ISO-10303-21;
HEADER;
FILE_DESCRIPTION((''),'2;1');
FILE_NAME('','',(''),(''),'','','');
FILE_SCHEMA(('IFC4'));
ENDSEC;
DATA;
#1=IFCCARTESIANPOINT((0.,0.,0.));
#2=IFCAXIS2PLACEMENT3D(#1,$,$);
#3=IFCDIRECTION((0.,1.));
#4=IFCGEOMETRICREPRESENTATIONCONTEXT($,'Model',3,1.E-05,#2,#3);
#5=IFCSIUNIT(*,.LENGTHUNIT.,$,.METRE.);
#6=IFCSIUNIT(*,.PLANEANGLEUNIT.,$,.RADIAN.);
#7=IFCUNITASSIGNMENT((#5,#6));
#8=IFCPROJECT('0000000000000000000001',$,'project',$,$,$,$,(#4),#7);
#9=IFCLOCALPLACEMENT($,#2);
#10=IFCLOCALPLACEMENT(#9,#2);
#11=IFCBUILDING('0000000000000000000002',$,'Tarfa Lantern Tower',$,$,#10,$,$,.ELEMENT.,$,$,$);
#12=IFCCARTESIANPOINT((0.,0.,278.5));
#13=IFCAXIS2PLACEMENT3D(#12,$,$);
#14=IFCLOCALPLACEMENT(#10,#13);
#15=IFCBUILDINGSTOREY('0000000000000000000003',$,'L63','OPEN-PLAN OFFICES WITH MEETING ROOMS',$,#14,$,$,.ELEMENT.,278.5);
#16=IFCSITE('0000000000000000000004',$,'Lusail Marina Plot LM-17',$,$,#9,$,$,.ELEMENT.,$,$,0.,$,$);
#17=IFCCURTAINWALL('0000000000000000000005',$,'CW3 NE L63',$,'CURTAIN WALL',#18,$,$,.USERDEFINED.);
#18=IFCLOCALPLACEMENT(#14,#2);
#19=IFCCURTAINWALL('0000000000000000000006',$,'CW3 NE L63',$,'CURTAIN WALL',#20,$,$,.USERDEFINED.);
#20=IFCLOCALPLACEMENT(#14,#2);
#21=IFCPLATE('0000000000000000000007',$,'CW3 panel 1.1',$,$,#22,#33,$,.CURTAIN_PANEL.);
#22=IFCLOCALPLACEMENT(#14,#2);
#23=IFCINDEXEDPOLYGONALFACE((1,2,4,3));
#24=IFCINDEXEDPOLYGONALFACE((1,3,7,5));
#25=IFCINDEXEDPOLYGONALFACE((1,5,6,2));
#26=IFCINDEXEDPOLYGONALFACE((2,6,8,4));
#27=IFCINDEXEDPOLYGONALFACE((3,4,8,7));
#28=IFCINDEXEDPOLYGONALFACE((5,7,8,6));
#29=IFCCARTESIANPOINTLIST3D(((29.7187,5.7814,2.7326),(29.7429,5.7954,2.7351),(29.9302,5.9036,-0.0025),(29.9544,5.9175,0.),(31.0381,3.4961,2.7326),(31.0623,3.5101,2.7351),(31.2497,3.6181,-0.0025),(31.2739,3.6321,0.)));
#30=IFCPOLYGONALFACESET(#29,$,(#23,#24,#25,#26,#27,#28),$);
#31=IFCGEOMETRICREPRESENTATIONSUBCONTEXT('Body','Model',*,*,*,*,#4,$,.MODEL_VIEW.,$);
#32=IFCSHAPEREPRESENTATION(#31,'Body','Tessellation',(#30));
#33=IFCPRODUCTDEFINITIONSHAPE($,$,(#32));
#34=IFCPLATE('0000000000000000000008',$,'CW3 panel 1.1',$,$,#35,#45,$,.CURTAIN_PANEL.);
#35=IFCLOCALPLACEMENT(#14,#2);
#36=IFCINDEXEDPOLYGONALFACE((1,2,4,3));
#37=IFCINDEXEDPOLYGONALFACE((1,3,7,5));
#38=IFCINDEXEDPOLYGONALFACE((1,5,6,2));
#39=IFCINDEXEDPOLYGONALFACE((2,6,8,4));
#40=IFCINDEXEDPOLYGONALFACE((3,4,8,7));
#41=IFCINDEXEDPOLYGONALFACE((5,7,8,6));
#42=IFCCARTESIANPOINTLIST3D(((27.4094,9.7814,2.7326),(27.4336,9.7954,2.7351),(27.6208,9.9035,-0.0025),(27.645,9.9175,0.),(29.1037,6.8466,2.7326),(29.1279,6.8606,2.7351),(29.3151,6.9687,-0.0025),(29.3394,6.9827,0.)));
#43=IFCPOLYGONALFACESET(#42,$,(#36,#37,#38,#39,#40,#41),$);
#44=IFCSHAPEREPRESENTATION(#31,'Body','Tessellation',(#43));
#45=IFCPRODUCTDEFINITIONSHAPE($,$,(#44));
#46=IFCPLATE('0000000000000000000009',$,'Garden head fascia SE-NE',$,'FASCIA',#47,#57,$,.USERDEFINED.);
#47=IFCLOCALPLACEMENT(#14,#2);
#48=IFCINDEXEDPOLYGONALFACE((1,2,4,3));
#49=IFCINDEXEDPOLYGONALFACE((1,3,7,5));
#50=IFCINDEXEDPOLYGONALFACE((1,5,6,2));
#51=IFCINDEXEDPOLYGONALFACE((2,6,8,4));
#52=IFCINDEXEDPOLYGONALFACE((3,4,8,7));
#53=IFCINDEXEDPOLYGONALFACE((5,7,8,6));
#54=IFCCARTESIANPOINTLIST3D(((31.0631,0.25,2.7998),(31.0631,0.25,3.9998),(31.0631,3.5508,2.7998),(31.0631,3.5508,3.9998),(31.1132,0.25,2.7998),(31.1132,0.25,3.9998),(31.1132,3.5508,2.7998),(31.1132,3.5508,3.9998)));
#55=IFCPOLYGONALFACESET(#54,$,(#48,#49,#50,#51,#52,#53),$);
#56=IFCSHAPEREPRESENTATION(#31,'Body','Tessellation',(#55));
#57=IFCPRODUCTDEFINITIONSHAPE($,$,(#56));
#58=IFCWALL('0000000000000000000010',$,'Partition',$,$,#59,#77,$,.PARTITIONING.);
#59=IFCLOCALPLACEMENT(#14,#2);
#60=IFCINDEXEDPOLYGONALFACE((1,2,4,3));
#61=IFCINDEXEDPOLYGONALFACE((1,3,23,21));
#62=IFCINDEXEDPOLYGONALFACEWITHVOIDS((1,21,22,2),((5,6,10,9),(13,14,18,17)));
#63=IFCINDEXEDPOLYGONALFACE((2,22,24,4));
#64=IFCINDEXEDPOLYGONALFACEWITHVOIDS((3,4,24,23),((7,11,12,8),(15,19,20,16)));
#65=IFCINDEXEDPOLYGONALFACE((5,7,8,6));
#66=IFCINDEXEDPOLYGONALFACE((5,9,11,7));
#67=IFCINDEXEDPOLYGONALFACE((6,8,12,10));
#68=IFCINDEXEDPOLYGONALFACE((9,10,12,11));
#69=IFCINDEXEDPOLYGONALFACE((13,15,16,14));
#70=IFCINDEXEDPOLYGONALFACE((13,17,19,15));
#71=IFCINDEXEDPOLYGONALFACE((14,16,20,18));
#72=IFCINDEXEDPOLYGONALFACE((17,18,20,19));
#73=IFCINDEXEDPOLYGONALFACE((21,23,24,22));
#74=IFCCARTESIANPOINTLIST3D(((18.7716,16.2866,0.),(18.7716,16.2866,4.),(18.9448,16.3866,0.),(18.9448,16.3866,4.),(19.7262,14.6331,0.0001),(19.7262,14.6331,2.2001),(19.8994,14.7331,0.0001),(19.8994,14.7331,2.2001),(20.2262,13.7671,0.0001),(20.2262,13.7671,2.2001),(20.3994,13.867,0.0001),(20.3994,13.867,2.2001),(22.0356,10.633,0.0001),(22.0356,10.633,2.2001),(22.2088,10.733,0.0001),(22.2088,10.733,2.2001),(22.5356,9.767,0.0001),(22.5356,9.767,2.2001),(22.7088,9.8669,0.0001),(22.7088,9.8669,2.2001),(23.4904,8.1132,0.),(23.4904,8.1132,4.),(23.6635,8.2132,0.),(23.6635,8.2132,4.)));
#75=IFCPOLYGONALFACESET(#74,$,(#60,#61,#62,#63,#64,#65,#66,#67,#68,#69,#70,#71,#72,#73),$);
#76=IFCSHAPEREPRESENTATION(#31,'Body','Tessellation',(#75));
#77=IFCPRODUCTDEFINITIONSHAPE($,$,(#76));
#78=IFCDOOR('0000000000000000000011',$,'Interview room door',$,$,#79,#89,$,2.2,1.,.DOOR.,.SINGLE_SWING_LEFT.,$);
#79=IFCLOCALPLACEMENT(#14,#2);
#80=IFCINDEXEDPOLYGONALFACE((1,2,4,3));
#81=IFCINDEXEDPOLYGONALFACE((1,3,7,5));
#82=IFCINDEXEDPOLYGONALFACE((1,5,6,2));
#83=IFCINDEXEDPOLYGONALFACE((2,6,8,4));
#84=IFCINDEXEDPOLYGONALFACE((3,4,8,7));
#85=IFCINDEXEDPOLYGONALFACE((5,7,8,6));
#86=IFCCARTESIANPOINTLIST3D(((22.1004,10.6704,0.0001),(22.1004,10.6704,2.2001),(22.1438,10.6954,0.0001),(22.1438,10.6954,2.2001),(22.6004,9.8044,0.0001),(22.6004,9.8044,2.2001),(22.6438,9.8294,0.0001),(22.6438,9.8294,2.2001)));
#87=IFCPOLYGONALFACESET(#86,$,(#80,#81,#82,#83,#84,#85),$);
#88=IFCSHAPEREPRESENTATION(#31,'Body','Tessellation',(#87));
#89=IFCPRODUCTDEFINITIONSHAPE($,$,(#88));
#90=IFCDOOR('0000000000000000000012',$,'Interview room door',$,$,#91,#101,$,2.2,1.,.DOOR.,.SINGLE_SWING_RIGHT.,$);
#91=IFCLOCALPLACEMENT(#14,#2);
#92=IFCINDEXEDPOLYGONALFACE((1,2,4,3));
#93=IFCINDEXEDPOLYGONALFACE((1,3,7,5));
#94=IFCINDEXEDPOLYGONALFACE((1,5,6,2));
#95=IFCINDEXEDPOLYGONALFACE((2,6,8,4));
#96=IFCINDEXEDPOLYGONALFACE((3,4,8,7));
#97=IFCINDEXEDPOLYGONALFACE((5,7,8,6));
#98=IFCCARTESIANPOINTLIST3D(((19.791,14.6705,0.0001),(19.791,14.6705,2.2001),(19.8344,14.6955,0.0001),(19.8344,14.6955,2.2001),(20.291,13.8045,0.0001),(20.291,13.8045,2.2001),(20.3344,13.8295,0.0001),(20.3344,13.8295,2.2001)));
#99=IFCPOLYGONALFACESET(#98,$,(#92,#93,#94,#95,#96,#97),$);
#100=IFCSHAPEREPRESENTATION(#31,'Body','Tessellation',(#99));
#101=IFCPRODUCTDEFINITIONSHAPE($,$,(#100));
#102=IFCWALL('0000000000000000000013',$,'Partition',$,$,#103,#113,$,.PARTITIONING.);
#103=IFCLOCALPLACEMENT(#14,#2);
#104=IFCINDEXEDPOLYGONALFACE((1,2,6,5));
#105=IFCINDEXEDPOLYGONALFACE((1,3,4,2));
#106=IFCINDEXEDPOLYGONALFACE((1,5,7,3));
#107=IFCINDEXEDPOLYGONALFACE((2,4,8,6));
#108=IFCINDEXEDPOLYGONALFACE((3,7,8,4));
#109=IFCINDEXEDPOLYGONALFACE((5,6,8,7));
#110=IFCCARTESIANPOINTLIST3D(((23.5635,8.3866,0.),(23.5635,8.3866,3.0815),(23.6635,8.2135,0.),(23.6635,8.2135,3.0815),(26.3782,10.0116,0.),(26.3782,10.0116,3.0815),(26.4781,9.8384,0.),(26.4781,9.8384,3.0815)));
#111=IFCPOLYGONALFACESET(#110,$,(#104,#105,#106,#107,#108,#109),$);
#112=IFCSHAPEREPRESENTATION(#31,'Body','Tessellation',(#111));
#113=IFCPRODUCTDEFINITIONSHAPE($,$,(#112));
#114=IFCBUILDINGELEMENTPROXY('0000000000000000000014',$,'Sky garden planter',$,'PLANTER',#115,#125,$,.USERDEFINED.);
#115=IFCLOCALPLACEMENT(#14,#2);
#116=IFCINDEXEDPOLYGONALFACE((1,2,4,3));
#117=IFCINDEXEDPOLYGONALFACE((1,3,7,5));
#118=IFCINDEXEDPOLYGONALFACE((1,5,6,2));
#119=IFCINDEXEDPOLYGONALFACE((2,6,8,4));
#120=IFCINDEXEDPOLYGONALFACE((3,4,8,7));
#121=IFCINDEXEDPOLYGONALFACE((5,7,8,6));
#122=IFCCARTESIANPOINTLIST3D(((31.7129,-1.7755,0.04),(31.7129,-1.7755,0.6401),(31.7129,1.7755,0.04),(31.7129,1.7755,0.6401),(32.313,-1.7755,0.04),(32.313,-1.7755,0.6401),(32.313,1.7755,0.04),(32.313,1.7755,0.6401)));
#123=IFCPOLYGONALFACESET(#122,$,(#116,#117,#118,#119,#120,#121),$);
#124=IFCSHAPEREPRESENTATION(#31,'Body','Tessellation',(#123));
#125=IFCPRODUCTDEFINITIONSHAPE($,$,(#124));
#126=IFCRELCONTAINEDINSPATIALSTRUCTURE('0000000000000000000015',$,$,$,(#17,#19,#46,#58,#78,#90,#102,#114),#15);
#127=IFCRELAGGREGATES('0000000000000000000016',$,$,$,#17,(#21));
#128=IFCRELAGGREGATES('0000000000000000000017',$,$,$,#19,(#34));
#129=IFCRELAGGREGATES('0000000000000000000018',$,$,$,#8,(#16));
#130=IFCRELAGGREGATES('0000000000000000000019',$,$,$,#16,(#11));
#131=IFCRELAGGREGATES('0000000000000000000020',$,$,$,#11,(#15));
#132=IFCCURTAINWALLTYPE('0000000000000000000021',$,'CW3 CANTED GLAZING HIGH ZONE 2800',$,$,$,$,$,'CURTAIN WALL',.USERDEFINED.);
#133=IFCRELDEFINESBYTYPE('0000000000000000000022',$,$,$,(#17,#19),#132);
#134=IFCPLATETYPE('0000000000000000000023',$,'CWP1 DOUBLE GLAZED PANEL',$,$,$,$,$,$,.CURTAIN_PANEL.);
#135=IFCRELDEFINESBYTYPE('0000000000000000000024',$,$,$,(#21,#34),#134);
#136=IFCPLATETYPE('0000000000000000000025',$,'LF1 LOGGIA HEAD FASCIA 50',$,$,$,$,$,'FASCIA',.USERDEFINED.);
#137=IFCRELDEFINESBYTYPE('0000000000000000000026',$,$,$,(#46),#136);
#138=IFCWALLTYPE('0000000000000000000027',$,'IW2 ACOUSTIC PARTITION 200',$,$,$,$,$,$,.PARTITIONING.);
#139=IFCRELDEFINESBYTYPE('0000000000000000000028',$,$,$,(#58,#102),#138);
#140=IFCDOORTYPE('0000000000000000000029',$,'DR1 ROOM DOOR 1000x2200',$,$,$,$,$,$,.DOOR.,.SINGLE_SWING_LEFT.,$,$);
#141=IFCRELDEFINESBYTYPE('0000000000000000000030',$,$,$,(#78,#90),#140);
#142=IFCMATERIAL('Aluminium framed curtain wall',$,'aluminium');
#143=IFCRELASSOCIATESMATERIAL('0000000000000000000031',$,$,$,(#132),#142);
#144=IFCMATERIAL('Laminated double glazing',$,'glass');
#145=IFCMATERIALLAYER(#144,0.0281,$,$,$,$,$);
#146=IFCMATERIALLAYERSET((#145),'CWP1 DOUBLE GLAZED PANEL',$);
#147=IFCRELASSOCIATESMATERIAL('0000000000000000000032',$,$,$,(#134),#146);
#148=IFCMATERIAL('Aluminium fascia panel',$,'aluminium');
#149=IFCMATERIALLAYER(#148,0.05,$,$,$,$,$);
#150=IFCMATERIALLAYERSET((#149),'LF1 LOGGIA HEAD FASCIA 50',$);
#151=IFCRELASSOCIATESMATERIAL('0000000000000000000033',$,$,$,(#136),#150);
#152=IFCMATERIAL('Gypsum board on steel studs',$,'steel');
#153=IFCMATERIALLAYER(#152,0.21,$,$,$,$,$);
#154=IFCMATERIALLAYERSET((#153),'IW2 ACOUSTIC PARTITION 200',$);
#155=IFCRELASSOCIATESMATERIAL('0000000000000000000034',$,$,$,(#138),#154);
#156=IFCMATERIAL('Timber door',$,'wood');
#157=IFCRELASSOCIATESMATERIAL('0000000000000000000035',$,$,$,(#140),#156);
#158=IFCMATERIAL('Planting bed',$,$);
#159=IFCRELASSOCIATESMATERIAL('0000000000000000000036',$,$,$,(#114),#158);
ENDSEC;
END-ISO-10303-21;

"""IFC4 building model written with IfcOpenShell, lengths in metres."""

from ifc_helpers import new_model, si_unit, direction, frame, frame_2d, origin, origin_2d, place, context, subcontext, project, spatial, polyline, rectangle, outline, extrude, material, layer, layer_set, type_object, element, fill, aggregate, save


model = new_model("IFC4")

# Units and contexts
model_context = context("Model", 3, precision=1e-05, world=origin(), true_north=direction((0.0, 1.0)))
body_context = subcontext(model_context, "Body", "Model", "MODEL_VIEW")
ifc_project = project(units=[si_unit("LENGTHUNIT", "METRE"), si_unit("PLANEANGLEUNIT", "RADIAN")], contexts=[model_context])

# Site, building, storey
site_placement = place(None, origin())
site = spatial("IfcSite", under=ifc_project, at=site_placement, Name="Lusail Marina Plot LM-17", CompositionType="ELEMENT", RefElevation=0.0)
building_placement = place(site_placement, origin())
building = spatial("IfcBuilding", under=site, at=building_placement, Name="Tarfa Lantern Tower", CompositionType="ELEMENT")
storey_placement = place(building_placement, frame((0.0, 0.0, 278.5)))
storey = spatial("IfcBuildingStorey", under=building, at=storey_placement, Name="L63", Description="OPEN-PLAN OFFICES WITH MEETING ROOMS", CompositionType="ELEMENT", Elevation=278.5)

# Curtain walls
ifc_material_1 = material(Name="Aluminium framed curtain wall", Category="aluminium")
curtain_wall_type = type_object("IfcCurtainWallType", Name="CW3 CANTED GLAZING HIGH ZONE 2800", ElementType="CURTAIN WALL", PredefinedType="USERDEFINED", material=ifc_material_1)
curtain_wall_1_placement = place(storey_placement, origin())
curtain_wall_1 = element("IfcCurtainWall", 1, at=curtain_wall_1_placement, inside=storey, type_object=curtain_wall_type, Name="CW3 NE L63", ObjectType="CURTAIN WALL", PredefinedType="USERDEFINED")
curtain_wall_2_placement = place(storey_placement, origin())
curtain_wall_2 = element("IfcCurtainWall", 2, at=curtain_wall_2_placement, inside=storey, type_object=curtain_wall_type, Name="CW3 NE L63", ObjectType="CURTAIN WALL", PredefinedType="USERDEFINED")

# Plates
ifc_material_2 = material(Name="Laminated double glazing", Category="glass")
ifc_layer_1 = layer(ifc_material_2, 0.0281)
ifc_layer_set_1 = layer_set([ifc_layer_1], Name="CWP1 DOUBLE GLAZED PANEL")
plate_type_1 = type_object("IfcPlateType", Name="CWP1 DOUBLE GLAZED PANEL", PredefinedType="CURTAIN_PANEL", material=ifc_layer_set_1)
plate_1_placement = place(storey_placement, frame((31.2739, 3.6321, 0.0), z_axis=(0.862596, 0.498013, 0.088945), x_axis=(-0.499995, 0.866028, 0.000004)))
plate_1 = element("IfcPlate", 3, at=plate_1_placement, type_object=plate_type_1, Name="CW3 panel 1.1", PredefinedType="CURTAIN_PANEL", context=body_context, shape_type="SweptSolid", body=[
    extrude(outline(polyline([(0.0, 0.0), (2.639, 0.0), (2.639, 2.746), (0.0001, 2.746), (0.0, 0.0)])), origin(), (0.0, 0.0, -1.0), 0.0281),
])
aggregate(curtain_wall_1, [plate_1])
plate_2_placement = place(storey_placement, frame((29.3394, 6.9827, 0.0), z_axis=(0.862606, 0.498002, 0.088906), x_axis=(-0.499982, 0.866036, 0.0)))
plate_2 = element("IfcPlate", 4, at=plate_2_placement, type_object=plate_type_1, Name="CW3 panel 1.1", PredefinedType="CURTAIN_PANEL", context=body_context, shape_type="SweptSolid", body=[
    extrude(outline(polyline([(0.0, 0.0), (3.3888, 0.0), (3.3888, 2.746), (0.0, 2.746), (0.0, 0.0)])), origin(), (0.0, 0.0, -1.0), 0.0281),
])
aggregate(curtain_wall_2, [plate_2])
ifc_material_3 = material(Name="Aluminium fascia panel", Category="aluminium")
ifc_layer_2 = layer(ifc_material_3, 0.05)
ifc_layer_set_2 = layer_set([ifc_layer_2], Name="LF1 LOGGIA HEAD FASCIA 50")
plate_type_2 = type_object("IfcPlateType", Name="LF1 LOGGIA HEAD FASCIA 50", ElementType="FASCIA", PredefinedType="USERDEFINED", material=ifc_layer_set_2)
plate_3_placement = place(storey_placement, frame((31.0881, 1.9004, 2.7998), z_axis=(0.0, 0.0, 1.0), x_axis=(0.0, 1.0, 0.0)))
element("IfcPlate", 5, at=plate_3_placement, inside=storey, type_object=plate_type_2, Name="Garden head fascia SE-NE", ObjectType="FASCIA", PredefinedType="USERDEFINED", context=body_context, shape_type="SweptSolid", body=[
    extrude(rectangle(XDim=3.3008, YDim=0.05, at=origin_2d()), origin(), (0.0, 0.0, 1.0), 1.2),
])

# Wall, openings, doors
ifc_material_4 = material(Name="Gypsum board on steel studs", Category="steel")
ifc_layer_3 = layer(ifc_material_4, 0.21)
ifc_layer_set_3 = layer_set([ifc_layer_3], Name="IW2 ACOUSTIC PARTITION 200")
wall_type = type_object("IfcWallType", Name="IW2 ACOUSTIC PARTITION 200", PredefinedType="PARTITIONING", material=ifc_layer_set_3)
wall_1_placement = place(storey_placement, frame((23.5769, 8.1633, 0.0), z_axis=(0.0, 0.0, 1.0), x_axis=(-0.49999, 0.866031, 0.0)))
wall_1 = element("IfcWall", 6, at=wall_1_placement, inside=storey, type_object=wall_type, Name="Partition", PredefinedType="PARTITIONING", context=body_context, shape_type="SweptSolid", body=[
    extrude(rectangle(XDim=9.4377, YDim=0.2, at=frame_2d((4.7188, 0.0))), origin(), (0.0, 0.0, 1.0), 4.0),
])
opening_1_placement = place(wall_1_placement, frame((1.9094, 0.0, 0.0)))
opening_1 = element("IfcOpeningElement", 7, at=opening_1_placement, cuts=wall_1, PredefinedType="OPENING", context=body_context, shape_type="SweptSolid", body=[
    extrude(rectangle(XDim=1.0, YDim=2.2, at=frame_2d((0.5, 1.1001))), frame((0.0, 0.1099, 0.0), z_axis=(0.0, -1.0, 0.0), x_axis=(1.0, 0.0, 0.0)), (0.0, 0.0, 1.0), 0.22),
])
opening_2_placement = place(wall_1_placement, frame((6.5283, 0.0, 0.0)))
opening_2 = element("IfcOpeningElement", 8, at=opening_2_placement, cuts=wall_1, PredefinedType="OPENING", context=body_context, shape_type="SweptSolid", body=[
    extrude(rectangle(XDim=1.0, YDim=2.2, at=frame_2d((0.5, 1.1001))), frame((0.0, 0.1099, 0.0), z_axis=(0.0, -1.0, 0.0), x_axis=(1.0, 0.0, 0.0)), (0.0, 0.0, 1.0), 0.22),
])
ifc_material_5 = material(Name="Timber door", Category="wood")
door_type = type_object("IfcDoorType", Name="DR1 ROOM DOOR 1000x2200", OperationType="SINGLE_SWING_LEFT", PredefinedType="DOOR", material=ifc_material_5)
door_1_placement = place(opening_1_placement, frame((1.0, 0.0, 0.0), z_axis=(0.0, 0.0, 1.0), x_axis=(-1.0, 0.0, 0.0)))
door_1 = element("IfcDoor", 9, at=door_1_placement, inside=storey, type_object=door_type, Name="Interview room door", OperationType="SINGLE_SWING_LEFT", OverallHeight=2.2, OverallWidth=1.0, PredefinedType="DOOR", context=body_context, shape_type="SweptSolid", body=[
    extrude(rectangle(XDim=1.0, YDim=2.2, at=frame_2d((0.5, 1.1001))), frame((0.0, 0.0249, 0.0), z_axis=(0.0, -1.0, 0.0), x_axis=(1.0, 0.0, 0.0)), (0.0, 0.0, 1.0), 0.05),
])
fill(opening_1, door_1)
door_2_placement = place(opening_2_placement, frame((1.0, 0.0, 0.0), z_axis=(0.0, 0.0, 1.0), x_axis=(-1.0, 0.0, 0.0)))
door_2 = element("IfcDoor", 10, at=door_2_placement, inside=storey, type_object=door_type, Name="Interview room door", OperationType="SINGLE_SWING_RIGHT", OverallHeight=2.2, OverallWidth=1.0, PredefinedType="DOOR", context=body_context, shape_type="SweptSolid", body=[
    extrude(rectangle(XDim=1.0, YDim=2.2, at=frame_2d((0.5, 1.1001))), frame((0.0, 0.0249, 0.0), z_axis=(0.0, -1.0, 0.0), x_axis=(1.0, 0.0, 0.0)), (0.0, 0.0, 1.0), 0.05),
])
fill(opening_2, door_2)

# Wall
wall_2_placement = place(storey_placement, frame((23.6135, 8.3, 0.0), z_axis=(0.0, 0.0, 1.0), x_axis=(0.866034, 0.499985, 0.0)))
element("IfcWall", 11, at=wall_2_placement, inside=storey, type_object=wall_type, Name="Partition", PredefinedType="PARTITIONING", context=body_context, shape_type="SweptSolid", body=[
    extrude(rectangle(XDim=3.25, YDim=0.2, at=frame_2d((1.625, 0.0))), origin(), (0.0, 0.0, 1.0), 3.0815),
])

# Building element proxy
ifc_material_6 = material(Name="Planting bed")
proxy_placement = place(storey_placement, frame((32.0129, 0.0, 0.04), z_axis=(0.0, 0.0, 1.0), x_axis=(0.0, 1.0, 0.0)))
element("IfcBuildingElementProxy", 12, at=proxy_placement, inside=storey, material=ifc_material_6, Name="Sky garden planter", ObjectType="PLANTER", PredefinedType="USERDEFINED", context=body_context, shape_type="SweptSolid", body=[
    extrude(rectangle(XDim=3.551, YDim=0.6001, at=origin_2d()), origin(), (0.0, 0.0, 1.0), 0.6001),
])

save(model, "model.ifc")
